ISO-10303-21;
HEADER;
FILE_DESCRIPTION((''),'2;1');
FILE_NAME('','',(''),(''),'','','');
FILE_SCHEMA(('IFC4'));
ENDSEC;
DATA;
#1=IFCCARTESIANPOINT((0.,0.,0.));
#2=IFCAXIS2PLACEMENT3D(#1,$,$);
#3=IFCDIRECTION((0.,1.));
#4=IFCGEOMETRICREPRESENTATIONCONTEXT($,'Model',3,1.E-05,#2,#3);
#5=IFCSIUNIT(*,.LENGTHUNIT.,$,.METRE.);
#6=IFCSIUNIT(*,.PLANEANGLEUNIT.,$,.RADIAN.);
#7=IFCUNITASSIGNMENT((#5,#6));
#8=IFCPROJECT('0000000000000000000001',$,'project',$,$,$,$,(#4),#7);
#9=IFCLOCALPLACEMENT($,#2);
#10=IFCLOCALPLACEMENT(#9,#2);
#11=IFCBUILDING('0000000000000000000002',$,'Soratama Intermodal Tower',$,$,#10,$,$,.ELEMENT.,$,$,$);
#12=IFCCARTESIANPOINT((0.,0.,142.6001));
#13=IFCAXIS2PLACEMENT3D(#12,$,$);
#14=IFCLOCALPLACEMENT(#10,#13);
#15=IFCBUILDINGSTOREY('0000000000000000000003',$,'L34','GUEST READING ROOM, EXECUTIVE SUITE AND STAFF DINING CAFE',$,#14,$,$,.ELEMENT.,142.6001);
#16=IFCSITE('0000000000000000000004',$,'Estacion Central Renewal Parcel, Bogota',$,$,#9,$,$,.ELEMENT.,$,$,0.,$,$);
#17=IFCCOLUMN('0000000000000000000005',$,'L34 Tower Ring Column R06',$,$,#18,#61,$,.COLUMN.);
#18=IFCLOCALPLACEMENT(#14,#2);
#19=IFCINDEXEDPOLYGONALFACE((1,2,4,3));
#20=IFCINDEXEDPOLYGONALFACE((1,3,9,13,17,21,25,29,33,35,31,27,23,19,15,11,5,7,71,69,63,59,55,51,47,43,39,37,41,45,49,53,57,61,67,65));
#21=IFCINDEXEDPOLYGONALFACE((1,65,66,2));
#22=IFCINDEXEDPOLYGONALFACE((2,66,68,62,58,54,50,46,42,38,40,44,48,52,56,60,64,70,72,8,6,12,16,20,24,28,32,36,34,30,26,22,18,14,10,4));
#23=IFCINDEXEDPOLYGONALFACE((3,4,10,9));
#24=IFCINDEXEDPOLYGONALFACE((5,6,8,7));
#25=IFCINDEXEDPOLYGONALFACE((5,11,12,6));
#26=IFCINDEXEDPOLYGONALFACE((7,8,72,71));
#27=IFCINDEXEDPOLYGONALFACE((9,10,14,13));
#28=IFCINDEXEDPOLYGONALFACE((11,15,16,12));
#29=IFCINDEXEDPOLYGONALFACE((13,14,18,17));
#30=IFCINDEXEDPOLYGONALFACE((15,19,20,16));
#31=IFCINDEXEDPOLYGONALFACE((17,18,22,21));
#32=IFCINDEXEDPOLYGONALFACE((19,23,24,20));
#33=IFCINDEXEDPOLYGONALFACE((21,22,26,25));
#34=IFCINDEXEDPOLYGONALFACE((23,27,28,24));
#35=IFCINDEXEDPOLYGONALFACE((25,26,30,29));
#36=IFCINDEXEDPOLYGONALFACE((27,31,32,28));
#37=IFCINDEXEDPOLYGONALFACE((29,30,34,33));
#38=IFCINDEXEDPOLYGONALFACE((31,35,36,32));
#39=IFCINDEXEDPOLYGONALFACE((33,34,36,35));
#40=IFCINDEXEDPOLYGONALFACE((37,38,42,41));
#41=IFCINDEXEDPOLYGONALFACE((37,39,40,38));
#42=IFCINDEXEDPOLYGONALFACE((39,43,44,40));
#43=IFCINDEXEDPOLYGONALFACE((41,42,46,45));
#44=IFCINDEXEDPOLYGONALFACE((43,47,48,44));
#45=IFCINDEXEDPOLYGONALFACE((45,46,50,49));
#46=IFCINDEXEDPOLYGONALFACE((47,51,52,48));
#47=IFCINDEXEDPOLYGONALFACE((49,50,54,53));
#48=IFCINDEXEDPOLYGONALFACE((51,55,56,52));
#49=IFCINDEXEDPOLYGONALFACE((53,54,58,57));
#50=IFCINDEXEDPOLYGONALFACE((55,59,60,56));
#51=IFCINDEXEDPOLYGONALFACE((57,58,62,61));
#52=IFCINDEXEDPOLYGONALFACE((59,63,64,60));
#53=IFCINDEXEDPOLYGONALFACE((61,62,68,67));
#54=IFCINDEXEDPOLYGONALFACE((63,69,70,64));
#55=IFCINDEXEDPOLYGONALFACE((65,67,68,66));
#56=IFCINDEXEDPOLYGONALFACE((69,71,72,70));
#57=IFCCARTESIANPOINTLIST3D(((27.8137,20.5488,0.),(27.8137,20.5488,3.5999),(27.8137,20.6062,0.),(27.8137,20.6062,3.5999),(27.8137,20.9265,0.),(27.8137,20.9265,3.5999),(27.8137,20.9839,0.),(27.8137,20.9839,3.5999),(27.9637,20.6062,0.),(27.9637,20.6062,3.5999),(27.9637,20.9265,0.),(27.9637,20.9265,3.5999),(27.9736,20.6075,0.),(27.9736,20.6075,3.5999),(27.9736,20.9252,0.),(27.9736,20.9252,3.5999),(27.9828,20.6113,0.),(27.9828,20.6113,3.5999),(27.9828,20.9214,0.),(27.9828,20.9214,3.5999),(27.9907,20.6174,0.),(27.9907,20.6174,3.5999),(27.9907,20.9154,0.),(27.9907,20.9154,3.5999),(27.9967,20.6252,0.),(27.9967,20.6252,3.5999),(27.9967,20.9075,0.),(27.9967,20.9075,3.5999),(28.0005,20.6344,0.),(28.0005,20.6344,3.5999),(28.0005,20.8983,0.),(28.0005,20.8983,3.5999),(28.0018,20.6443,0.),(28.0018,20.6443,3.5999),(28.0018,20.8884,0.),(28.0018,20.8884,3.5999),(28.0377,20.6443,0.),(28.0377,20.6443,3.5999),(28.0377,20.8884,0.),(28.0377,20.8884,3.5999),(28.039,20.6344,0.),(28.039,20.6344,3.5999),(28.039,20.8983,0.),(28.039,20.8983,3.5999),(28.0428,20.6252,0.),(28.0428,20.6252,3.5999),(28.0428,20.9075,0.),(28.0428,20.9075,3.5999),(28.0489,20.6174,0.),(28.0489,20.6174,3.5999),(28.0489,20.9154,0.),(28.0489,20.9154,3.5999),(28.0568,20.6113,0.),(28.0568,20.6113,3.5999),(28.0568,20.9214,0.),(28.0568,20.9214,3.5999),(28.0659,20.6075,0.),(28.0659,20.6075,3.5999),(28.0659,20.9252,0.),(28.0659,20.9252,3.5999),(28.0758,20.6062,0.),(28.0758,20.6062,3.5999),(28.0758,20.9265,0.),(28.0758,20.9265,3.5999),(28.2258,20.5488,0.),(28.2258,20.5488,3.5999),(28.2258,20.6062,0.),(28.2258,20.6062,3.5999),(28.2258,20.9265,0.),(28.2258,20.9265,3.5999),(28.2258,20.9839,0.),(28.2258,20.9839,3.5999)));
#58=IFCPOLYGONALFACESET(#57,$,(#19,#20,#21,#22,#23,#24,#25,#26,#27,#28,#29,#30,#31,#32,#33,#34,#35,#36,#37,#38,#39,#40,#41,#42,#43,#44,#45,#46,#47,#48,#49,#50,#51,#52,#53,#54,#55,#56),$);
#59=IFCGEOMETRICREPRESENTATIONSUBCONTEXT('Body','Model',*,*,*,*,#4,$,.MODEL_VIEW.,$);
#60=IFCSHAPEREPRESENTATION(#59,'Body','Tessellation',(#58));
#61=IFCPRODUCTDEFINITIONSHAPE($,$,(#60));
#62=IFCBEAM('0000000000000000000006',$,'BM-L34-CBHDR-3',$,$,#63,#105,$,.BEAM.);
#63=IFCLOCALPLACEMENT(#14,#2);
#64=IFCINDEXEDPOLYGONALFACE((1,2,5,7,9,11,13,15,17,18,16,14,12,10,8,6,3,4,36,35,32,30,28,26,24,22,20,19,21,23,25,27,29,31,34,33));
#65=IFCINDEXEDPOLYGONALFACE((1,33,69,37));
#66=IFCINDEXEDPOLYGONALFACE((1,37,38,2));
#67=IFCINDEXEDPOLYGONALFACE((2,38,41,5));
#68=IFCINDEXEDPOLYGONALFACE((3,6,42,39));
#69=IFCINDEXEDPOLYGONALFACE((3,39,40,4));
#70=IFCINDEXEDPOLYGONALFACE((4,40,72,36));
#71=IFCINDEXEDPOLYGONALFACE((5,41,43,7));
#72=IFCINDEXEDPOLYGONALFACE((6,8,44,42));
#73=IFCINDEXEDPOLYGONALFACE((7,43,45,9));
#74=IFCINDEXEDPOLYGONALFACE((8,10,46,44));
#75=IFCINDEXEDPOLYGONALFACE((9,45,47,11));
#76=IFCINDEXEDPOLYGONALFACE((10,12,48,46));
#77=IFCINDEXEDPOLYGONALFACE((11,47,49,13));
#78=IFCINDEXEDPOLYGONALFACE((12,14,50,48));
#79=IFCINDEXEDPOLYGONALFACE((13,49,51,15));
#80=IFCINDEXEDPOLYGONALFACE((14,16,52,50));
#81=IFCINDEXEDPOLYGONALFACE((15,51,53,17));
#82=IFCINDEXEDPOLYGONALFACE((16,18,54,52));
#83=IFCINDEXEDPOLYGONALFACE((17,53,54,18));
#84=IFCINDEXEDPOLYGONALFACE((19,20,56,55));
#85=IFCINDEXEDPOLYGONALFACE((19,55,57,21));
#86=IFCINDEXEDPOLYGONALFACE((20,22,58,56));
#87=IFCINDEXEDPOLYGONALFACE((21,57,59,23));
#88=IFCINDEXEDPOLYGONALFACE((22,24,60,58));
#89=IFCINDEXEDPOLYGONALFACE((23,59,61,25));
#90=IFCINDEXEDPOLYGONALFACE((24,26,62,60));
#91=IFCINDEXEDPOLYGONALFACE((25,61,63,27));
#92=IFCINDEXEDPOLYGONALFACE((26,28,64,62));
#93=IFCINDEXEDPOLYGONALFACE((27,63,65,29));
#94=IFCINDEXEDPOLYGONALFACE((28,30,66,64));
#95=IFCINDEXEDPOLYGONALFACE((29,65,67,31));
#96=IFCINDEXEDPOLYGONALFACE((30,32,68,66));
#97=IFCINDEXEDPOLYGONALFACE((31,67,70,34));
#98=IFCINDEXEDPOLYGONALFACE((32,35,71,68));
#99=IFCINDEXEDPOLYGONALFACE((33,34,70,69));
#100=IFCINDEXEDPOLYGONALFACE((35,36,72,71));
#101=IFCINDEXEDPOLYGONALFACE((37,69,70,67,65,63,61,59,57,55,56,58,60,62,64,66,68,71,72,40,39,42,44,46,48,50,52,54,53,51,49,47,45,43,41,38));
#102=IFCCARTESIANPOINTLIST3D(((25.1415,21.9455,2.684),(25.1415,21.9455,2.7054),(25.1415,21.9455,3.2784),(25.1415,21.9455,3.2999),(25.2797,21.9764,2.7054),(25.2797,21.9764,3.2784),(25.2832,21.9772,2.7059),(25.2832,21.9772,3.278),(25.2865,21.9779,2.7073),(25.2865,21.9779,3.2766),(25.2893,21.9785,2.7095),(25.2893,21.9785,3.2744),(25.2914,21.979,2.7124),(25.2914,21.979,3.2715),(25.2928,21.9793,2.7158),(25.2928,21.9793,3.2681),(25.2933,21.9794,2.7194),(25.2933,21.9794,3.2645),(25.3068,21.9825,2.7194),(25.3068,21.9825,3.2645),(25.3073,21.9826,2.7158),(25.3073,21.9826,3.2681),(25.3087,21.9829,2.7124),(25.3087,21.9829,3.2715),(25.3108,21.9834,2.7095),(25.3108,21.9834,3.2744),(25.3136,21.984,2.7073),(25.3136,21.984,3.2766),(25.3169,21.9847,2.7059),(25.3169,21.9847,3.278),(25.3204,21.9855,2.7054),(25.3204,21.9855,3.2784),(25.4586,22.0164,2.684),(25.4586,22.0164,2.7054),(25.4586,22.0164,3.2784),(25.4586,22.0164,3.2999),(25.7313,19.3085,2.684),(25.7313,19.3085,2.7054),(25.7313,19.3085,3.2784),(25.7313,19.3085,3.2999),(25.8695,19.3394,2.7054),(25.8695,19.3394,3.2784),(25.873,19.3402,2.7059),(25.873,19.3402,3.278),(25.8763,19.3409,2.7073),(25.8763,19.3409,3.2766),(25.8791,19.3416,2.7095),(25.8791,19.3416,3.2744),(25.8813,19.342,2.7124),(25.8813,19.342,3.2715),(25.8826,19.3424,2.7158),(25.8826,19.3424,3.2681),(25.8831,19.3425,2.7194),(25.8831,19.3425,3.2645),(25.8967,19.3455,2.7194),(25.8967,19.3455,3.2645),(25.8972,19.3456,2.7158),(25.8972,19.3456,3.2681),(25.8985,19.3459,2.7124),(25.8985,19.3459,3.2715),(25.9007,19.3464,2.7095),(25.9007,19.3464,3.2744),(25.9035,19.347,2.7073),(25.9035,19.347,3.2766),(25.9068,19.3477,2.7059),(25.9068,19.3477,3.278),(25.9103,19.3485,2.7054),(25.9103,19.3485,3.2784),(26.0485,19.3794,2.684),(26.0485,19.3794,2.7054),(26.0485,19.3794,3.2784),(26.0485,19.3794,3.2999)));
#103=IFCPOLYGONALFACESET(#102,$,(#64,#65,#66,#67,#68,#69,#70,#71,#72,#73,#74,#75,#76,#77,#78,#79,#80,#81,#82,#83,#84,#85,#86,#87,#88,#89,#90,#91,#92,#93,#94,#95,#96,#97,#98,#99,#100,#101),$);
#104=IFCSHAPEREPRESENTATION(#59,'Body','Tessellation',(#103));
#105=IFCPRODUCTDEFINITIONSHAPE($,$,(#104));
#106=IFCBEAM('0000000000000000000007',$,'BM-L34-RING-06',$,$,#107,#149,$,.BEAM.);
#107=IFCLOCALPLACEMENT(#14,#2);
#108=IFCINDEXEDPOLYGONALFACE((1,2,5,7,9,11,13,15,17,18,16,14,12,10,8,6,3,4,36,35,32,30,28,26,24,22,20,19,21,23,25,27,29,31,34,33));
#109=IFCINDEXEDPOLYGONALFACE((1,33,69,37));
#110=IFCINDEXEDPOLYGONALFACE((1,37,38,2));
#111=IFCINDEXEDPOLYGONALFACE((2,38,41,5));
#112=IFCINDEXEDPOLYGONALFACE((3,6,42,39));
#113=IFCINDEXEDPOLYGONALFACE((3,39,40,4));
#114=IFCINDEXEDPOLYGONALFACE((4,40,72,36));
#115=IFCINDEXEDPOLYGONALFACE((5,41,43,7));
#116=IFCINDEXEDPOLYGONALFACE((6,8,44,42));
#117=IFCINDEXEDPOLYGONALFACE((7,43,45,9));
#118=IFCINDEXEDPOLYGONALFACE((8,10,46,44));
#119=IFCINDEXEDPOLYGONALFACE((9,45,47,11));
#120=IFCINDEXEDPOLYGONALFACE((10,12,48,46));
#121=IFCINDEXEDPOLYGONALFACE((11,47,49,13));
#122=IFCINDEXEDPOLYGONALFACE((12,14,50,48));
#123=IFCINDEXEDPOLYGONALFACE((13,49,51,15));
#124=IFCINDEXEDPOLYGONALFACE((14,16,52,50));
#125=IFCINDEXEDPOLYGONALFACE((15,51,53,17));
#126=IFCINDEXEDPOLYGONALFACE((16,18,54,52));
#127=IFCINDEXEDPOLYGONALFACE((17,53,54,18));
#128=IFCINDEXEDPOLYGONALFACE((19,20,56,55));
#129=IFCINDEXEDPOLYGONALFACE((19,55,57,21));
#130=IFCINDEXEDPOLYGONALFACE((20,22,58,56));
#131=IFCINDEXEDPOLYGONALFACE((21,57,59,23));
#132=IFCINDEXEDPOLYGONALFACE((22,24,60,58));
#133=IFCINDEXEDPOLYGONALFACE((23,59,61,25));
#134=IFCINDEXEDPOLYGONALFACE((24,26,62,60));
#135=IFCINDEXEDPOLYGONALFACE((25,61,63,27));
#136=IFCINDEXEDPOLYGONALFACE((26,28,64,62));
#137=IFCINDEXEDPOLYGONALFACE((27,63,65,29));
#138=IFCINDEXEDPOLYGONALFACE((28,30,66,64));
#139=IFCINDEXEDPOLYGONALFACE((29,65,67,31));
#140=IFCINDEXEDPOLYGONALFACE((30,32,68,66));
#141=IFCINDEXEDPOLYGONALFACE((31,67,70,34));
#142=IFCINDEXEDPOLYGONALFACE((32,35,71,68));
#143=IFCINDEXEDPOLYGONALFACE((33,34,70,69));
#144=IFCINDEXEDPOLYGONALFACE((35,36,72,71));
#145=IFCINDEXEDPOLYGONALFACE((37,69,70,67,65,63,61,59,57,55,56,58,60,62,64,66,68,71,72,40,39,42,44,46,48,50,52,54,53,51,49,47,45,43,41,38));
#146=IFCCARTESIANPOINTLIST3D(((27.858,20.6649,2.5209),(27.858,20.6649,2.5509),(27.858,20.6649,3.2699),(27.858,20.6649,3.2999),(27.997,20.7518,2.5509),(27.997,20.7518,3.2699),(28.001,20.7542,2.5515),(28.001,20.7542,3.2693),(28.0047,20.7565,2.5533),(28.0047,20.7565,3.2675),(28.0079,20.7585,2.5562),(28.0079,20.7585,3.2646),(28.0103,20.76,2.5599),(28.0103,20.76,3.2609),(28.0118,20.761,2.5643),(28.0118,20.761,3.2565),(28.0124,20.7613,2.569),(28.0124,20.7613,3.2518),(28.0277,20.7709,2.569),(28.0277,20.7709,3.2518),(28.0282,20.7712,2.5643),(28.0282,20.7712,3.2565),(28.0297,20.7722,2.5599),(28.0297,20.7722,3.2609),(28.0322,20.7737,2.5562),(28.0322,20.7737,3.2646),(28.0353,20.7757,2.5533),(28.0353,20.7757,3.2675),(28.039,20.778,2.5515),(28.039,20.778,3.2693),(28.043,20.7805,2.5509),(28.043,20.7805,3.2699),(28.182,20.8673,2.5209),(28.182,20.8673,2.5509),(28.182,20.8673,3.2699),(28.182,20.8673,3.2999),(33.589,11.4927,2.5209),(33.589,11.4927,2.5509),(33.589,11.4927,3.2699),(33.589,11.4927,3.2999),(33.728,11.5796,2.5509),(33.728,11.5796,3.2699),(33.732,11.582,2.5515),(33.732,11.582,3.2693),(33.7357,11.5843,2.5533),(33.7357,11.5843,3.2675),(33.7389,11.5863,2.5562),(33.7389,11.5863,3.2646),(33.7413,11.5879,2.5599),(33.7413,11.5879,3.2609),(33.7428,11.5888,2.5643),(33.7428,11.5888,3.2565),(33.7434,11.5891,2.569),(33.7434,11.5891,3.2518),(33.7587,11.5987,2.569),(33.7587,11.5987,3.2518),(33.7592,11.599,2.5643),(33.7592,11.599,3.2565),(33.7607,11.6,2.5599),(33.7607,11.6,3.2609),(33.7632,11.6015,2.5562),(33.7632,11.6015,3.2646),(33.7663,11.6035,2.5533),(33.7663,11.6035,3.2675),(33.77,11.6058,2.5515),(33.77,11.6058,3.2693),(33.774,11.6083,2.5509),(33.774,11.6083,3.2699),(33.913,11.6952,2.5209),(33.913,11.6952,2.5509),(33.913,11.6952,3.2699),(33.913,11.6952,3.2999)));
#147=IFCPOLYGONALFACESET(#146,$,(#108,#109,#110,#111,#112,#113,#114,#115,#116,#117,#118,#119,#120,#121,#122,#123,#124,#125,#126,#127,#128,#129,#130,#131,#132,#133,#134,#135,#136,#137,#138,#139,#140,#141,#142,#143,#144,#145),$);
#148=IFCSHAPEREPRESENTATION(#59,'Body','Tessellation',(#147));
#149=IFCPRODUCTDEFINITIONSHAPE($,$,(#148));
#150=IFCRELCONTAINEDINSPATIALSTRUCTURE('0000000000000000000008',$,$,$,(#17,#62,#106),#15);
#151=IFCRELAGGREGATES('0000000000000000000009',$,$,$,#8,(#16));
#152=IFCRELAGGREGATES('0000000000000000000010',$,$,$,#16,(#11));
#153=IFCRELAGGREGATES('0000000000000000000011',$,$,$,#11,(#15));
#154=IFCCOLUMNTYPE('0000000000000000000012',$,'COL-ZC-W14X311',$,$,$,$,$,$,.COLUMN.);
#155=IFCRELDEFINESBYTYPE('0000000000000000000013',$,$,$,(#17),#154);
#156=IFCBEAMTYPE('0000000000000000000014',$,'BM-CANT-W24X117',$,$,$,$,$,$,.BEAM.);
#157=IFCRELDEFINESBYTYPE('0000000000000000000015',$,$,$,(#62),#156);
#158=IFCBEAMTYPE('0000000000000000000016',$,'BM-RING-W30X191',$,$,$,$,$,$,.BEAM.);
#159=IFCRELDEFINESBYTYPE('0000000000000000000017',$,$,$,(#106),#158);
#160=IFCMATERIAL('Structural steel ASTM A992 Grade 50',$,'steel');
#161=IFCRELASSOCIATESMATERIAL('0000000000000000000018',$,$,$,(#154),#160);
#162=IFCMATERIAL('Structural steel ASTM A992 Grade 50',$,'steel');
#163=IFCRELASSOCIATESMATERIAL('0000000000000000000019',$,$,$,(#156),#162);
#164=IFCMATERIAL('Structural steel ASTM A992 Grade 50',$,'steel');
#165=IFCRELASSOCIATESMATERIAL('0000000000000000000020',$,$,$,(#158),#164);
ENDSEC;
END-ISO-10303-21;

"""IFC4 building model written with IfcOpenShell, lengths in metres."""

from ifc_helpers import new_model, si_unit, direction, frame, origin, origin_2d, place, context, subcontext, project, spatial, i_section, extrude, material, material_profile, profile_set, type_object, element, save


model = new_model("IFC4")

# Units and contexts
model_context = context("Model", 3, precision=1e-05, world=origin(), true_north=direction((0.0, 1.0)))
body_context = subcontext(model_context, "Body", "Model", "MODEL_VIEW")
ifc_project = project(units=[si_unit("LENGTHUNIT", "METRE"), si_unit("PLANEANGLEUNIT", "RADIAN")], contexts=[model_context])

# Site, building, storey
site_placement = place(None, origin())
site = spatial("IfcSite", under=ifc_project, at=site_placement, Name="Estacion Central Renewal Parcel, Bogota", CompositionType="ELEMENT", RefElevation=0.0)
building_placement = place(site_placement, origin())
building = spatial("IfcBuilding", under=site, at=building_placement, Name="Soratama Intermodal Tower", CompositionType="ELEMENT")
storey_placement = place(building_placement, frame((0.0, 0.0, 142.6001)))
storey = spatial("IfcBuildingStorey", under=building, at=storey_placement, Name="L34", Description="GUEST READING ROOM, EXECUTIVE SUITE AND STAFF DINING CAFE", CompositionType="ELEMENT", Elevation=142.6001)

# Column
ifc_material_1 = material(Name="Structural steel ASTM A992 Grade 50", Category="steel")
ifc_material_profile_1 = material_profile(ifc_material_1, i_section(OverallWidth=0.4121, OverallDepth=0.4351, WebThickness=0.0359, FlangeThickness=0.0574, FilletRadius=0.0381, at=origin_2d()), Name="W14X311")
ifc_profile_set_1 = profile_set([ifc_material_profile_1], Name="Structural steel ASTM A992 Grade 50")
column_type = type_object("IfcColumnType", Name="COL-ZC-W14X311", PredefinedType="COLUMN", material=ifc_profile_set_1)
column_placement = place(storey_placement, frame((28.0198, 20.7664, 0.0), z_axis=(0.0, 0.0, 1.0), x_axis=(1.0, 0.0, 0.0)))
element("IfcColumn", 1, at=column_placement, inside=storey, type_object=column_type, Name="L34 Tower Ring Column R06", PredefinedType="COLUMN", context=body_context, shape_type="SweptSolid", body=[
    extrude(i_section(OverallWidth=0.4121, OverallDepth=0.4351, WebThickness=0.0359, FlangeThickness=0.0574, FilletRadius=0.0381, at=origin_2d()), origin(), (0.0, 0.0, 1.0), 3.5999),
])

# Beams
ifc_material_2 = material(Name="Structural steel ASTM A992 Grade 50", Category="steel")
ifc_material_profile_2 = material_profile(ifc_material_2, i_section(OverallWidth=0.325, OverallDepth=0.616, WebThickness=0.0139, FlangeThickness=0.0215, FilletRadius=0.0139, at=origin_2d()), Name="W24X117")
ifc_profile_set_2 = profile_set([ifc_material_profile_2], Name="Structural steel ASTM A992 Grade 50")
beam_type_1 = type_object("IfcBeamType", Name="BM-CANT-W24X117", PredefinedType="BEAM", material=ifc_profile_set_2)
beam_1_placement = place(storey_placement, frame((25.3, 21.981, 2.9919), z_axis=(0.218289, -0.975884, 0.0), x_axis=(0.975884, 0.218289, 0.0)))
element("IfcBeam", 2, at=beam_1_placement, inside=storey, type_object=beam_type_1, Name="BM-L34-CBHDR-3", PredefinedType="BEAM", context=body_context, shape_type="SweptSolid", body=[
    extrude(i_section(OverallWidth=0.325, OverallDepth=0.616, WebThickness=0.0139, FlangeThickness=0.0215, FilletRadius=0.0139, at=origin_2d()), origin(), (0.0, 0.0, 1.0), 2.7021),
])
ifc_material_3 = material(Name="Structural steel ASTM A992 Grade 50", Category="steel")
ifc_material_profile_3 = material_profile(ifc_material_3, i_section(OverallWidth=0.3821, OverallDepth=0.7791, WebThickness=0.0181, FlangeThickness=0.03, FilletRadius=0.0181, at=origin_2d()), Name="W30X191")
ifc_profile_set_3 = profile_set([ifc_material_profile_3], Name="Structural steel ASTM A992 Grade 50")
beam_type_2 = type_object("IfcBeamType", Name="BM-RING-W30X191", PredefinedType="BEAM", material=ifc_profile_set_3)
beam_2_placement = place(storey_placement, frame((28.02, 20.7661, 2.9104), z_axis=(0.529891, -0.848066, 0.0), x_axis=(0.848066, 0.529891, 0.0)))
element("IfcBeam", 3, at=beam_2_placement, inside=storey, type_object=beam_type_2, Name="BM-L34-RING-06", PredefinedType="BEAM", context=body_context, shape_type="SweptSolid", body=[
    extrude(i_section(OverallWidth=0.3821, OverallDepth=0.7791, WebThickness=0.0181, FlangeThickness=0.03, FilletRadius=0.0181, at=origin_2d()), origin(), (0.0, 0.0, 1.0), 10.8154),
])

save(model, "model.ifc")
